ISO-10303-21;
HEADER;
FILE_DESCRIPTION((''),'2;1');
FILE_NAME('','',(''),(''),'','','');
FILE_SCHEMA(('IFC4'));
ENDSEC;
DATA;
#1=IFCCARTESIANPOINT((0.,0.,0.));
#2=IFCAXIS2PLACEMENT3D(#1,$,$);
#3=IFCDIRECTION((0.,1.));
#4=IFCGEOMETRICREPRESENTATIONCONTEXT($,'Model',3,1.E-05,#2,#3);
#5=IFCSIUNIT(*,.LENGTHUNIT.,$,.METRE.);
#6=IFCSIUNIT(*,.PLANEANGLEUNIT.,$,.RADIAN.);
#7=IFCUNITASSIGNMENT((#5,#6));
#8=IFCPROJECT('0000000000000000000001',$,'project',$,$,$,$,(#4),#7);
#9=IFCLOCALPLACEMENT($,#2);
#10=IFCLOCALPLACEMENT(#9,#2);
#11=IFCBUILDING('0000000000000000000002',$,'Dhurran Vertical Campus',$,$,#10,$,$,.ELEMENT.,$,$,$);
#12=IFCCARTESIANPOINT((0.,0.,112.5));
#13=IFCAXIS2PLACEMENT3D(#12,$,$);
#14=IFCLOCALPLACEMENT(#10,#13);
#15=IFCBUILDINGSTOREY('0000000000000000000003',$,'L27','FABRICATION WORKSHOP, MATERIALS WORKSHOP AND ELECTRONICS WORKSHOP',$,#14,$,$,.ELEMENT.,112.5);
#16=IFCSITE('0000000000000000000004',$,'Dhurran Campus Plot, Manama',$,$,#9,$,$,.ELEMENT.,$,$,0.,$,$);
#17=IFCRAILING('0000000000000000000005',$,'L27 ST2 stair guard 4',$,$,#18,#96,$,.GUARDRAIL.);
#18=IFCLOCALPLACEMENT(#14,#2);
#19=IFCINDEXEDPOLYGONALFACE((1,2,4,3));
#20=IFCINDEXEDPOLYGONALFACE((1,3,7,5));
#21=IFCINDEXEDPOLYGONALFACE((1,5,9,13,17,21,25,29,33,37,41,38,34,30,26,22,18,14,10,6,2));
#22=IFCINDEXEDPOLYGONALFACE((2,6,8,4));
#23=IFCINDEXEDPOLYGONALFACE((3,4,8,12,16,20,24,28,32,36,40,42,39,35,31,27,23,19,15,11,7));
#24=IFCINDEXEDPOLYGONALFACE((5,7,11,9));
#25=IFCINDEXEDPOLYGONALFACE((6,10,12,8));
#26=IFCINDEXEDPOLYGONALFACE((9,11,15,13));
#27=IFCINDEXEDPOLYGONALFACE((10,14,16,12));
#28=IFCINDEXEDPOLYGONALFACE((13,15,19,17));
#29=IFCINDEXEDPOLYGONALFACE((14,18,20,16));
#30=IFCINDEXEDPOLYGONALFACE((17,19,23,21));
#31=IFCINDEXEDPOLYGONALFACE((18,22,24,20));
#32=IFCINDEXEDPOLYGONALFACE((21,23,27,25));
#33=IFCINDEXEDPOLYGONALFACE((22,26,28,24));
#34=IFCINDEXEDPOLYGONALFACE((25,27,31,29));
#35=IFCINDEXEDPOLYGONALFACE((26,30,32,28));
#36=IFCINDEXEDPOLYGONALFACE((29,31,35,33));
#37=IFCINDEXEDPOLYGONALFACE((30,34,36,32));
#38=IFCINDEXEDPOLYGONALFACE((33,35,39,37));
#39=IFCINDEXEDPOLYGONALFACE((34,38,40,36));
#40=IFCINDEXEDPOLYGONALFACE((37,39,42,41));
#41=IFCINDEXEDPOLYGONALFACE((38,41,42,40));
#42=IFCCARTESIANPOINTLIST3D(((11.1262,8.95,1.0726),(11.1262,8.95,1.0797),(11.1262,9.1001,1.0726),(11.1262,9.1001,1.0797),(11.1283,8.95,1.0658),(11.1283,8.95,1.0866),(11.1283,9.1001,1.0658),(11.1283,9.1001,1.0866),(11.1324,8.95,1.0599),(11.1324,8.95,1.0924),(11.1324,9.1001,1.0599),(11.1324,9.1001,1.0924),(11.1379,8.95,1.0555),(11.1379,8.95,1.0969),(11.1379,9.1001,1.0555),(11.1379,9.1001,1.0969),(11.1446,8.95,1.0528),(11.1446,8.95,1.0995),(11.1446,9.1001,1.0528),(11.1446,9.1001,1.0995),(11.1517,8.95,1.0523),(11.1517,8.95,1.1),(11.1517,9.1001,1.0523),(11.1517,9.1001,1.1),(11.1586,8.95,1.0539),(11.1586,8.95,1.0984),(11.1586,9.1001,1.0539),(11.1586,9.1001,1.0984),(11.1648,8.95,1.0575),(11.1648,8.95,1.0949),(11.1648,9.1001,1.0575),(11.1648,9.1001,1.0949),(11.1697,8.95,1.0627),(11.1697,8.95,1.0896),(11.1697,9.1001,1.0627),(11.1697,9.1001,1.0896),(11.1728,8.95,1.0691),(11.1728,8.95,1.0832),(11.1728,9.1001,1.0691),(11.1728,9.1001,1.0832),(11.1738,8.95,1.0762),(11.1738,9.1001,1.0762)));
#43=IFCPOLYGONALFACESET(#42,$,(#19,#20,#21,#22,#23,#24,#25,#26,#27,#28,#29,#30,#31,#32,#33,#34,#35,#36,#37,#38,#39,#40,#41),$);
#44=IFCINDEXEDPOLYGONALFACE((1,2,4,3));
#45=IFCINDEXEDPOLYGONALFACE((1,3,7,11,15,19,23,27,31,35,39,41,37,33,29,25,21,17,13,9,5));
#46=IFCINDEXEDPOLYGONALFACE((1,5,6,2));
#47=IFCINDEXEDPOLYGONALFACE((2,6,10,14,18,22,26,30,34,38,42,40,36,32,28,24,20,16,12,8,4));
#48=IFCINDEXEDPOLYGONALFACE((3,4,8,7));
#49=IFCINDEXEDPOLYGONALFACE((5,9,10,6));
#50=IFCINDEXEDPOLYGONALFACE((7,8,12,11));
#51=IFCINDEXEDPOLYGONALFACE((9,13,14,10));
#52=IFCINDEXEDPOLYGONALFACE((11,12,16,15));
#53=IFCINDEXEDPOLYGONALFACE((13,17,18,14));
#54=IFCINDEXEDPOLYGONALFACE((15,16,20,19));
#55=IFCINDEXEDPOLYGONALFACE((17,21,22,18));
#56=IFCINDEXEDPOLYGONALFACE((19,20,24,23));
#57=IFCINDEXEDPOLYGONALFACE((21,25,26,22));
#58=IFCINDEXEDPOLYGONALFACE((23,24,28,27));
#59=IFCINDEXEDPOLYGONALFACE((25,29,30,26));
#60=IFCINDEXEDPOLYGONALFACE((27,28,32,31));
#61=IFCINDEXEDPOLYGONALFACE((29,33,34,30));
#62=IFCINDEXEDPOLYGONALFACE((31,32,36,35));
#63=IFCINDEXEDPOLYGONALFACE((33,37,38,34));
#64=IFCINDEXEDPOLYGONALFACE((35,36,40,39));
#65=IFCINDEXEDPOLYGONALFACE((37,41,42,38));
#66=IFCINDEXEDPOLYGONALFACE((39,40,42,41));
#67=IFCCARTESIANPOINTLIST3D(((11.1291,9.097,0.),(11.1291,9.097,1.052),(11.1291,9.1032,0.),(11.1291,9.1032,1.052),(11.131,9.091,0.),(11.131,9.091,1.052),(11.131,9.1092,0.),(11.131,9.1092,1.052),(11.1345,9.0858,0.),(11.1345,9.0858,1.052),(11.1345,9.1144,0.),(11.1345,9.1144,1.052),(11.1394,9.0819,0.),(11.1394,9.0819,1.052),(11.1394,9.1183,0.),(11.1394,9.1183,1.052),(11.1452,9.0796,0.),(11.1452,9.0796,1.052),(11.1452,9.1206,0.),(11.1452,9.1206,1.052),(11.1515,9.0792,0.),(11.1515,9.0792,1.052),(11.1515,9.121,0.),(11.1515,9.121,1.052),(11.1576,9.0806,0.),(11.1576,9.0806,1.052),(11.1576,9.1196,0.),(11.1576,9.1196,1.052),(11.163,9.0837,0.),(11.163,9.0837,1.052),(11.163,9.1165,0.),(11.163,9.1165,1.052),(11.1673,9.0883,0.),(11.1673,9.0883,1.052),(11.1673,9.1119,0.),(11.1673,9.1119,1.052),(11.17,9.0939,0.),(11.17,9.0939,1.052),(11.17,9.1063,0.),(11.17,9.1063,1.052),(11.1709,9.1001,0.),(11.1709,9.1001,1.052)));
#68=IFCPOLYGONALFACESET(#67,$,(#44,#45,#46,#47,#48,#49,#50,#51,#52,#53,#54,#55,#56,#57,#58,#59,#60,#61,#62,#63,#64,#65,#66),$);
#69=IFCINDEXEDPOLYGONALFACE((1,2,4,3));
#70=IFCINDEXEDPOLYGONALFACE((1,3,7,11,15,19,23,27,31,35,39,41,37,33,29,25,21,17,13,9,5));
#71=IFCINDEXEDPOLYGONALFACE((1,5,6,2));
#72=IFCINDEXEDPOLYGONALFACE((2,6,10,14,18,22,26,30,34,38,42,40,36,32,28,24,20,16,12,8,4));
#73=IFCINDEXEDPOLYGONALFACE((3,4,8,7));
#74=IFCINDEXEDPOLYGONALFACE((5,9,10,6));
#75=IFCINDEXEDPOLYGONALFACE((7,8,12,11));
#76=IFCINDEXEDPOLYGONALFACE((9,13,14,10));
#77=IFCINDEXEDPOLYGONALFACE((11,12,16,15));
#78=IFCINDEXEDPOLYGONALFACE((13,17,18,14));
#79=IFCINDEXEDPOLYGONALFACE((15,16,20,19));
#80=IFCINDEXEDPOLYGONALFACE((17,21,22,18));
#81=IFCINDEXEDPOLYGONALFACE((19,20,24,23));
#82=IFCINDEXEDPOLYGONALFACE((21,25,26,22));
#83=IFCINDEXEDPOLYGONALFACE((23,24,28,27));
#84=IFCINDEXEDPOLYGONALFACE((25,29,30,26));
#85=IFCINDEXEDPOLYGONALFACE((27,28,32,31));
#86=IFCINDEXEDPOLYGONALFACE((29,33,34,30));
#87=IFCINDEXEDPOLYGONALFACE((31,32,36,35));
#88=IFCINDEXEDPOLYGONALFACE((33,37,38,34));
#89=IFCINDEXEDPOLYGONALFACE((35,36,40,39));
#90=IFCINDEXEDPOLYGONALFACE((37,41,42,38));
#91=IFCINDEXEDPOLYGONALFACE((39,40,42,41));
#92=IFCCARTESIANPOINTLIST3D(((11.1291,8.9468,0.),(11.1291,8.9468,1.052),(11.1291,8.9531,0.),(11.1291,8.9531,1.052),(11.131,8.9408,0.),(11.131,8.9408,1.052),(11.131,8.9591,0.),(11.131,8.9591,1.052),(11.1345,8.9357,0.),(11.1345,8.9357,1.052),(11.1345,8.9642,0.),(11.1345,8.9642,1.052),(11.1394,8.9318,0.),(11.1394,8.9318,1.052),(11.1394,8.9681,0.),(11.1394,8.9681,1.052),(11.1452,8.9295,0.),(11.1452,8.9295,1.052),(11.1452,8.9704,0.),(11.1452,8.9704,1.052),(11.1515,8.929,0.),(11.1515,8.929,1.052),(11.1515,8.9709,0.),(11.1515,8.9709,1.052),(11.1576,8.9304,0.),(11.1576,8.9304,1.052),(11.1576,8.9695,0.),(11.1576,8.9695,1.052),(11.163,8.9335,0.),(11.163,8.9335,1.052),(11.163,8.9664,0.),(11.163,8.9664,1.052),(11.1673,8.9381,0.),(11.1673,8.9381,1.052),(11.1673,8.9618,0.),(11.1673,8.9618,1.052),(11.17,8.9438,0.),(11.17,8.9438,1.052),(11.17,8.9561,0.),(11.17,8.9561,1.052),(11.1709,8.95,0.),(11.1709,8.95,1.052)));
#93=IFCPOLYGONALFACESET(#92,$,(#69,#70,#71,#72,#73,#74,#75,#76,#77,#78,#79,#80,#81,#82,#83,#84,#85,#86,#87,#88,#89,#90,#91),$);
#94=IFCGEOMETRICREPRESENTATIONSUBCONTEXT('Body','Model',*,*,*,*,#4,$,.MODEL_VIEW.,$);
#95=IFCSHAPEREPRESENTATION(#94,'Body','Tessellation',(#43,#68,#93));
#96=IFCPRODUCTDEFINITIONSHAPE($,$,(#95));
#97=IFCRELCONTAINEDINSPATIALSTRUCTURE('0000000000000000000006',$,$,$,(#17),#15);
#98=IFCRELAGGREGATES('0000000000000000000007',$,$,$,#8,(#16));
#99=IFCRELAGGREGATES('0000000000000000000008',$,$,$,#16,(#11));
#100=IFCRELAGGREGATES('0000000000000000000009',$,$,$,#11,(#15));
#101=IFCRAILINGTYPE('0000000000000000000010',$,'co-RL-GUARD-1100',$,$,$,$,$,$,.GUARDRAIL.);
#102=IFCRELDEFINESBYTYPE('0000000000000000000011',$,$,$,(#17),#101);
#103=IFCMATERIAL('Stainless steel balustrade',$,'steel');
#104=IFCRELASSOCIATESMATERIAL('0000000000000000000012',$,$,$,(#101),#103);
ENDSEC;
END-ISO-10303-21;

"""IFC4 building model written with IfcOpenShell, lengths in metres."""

from ifc_helpers import new_model, si_unit, direction, frame, origin, origin_2d, place, context, subcontext, project, spatial, circle, extrude, material, type_object, element, save


model = new_model("IFC4")

# Units and contexts
model_context = context("Model", 3, precision=1e-05, world=origin(), true_north=direction((0.0, 1.0)))
body_context = subcontext(model_context, "Body", "Model", "MODEL_VIEW")
ifc_project = project(units=[si_unit("LENGTHUNIT", "METRE"), si_unit("PLANEANGLEUNIT", "RADIAN")], contexts=[model_context])

# Site, building, storey
site_placement = place(None, origin())
site = spatial("IfcSite", under=ifc_project, at=site_placement, Name="Dhurran Campus Plot, Manama", CompositionType="ELEMENT", RefElevation=0.0)
building_placement = place(site_placement, origin())
building = spatial("IfcBuilding", under=site, at=building_placement, Name="Dhurran Vertical Campus", CompositionType="ELEMENT")
storey_placement = place(building_placement, frame((0.0, 0.0, 112.5)))
storey = spatial("IfcBuildingStorey", under=building, at=storey_placement, Name="L27", Description="FABRICATION WORKSHOP, MATERIALS WORKSHOP AND ELECTRONICS WORKSHOP", CompositionType="ELEMENT", Elevation=112.5)

# Railing
ifc_material_1 = material(Name="Stainless steel balustrade", Category="steel")
railing_type_1 = type_object("IfcRailingType", Name="co-RL-GUARD-1100", PredefinedType="GUARDRAIL", material=ifc_material_1)
railing_1_placement = place(storey_placement, frame((11.1499, 9.1001, 0.0)))
element("IfcRailing", 1, at=railing_1_placement, inside=storey, type_object=railing_type_1, Name="L27 ST2 stair guard 4", PredefinedType="GUARDRAIL", context=body_context, shape_type="SweptSolid", body=[
    extrude(circle(Radius=0.0239, at=origin_2d()), frame((0.0, 0.0, 1.0762), z_axis=(0.0, -1.0, 0.0), x_axis=(1.0, 0.0, 0.0)), (0.0, 0.0, 1.0), 0.1501),
    extrude(circle(Radius=0.021, at=origin_2d()), origin(), (0.0, 0.0, 1.0), 1.052),
    extrude(circle(Radius=0.021, at=origin_2d()), frame((0.0, -0.1501, 0.0)), (0.0, 0.0, 1.0), 1.052),
])

save(model, "model.ifc")
